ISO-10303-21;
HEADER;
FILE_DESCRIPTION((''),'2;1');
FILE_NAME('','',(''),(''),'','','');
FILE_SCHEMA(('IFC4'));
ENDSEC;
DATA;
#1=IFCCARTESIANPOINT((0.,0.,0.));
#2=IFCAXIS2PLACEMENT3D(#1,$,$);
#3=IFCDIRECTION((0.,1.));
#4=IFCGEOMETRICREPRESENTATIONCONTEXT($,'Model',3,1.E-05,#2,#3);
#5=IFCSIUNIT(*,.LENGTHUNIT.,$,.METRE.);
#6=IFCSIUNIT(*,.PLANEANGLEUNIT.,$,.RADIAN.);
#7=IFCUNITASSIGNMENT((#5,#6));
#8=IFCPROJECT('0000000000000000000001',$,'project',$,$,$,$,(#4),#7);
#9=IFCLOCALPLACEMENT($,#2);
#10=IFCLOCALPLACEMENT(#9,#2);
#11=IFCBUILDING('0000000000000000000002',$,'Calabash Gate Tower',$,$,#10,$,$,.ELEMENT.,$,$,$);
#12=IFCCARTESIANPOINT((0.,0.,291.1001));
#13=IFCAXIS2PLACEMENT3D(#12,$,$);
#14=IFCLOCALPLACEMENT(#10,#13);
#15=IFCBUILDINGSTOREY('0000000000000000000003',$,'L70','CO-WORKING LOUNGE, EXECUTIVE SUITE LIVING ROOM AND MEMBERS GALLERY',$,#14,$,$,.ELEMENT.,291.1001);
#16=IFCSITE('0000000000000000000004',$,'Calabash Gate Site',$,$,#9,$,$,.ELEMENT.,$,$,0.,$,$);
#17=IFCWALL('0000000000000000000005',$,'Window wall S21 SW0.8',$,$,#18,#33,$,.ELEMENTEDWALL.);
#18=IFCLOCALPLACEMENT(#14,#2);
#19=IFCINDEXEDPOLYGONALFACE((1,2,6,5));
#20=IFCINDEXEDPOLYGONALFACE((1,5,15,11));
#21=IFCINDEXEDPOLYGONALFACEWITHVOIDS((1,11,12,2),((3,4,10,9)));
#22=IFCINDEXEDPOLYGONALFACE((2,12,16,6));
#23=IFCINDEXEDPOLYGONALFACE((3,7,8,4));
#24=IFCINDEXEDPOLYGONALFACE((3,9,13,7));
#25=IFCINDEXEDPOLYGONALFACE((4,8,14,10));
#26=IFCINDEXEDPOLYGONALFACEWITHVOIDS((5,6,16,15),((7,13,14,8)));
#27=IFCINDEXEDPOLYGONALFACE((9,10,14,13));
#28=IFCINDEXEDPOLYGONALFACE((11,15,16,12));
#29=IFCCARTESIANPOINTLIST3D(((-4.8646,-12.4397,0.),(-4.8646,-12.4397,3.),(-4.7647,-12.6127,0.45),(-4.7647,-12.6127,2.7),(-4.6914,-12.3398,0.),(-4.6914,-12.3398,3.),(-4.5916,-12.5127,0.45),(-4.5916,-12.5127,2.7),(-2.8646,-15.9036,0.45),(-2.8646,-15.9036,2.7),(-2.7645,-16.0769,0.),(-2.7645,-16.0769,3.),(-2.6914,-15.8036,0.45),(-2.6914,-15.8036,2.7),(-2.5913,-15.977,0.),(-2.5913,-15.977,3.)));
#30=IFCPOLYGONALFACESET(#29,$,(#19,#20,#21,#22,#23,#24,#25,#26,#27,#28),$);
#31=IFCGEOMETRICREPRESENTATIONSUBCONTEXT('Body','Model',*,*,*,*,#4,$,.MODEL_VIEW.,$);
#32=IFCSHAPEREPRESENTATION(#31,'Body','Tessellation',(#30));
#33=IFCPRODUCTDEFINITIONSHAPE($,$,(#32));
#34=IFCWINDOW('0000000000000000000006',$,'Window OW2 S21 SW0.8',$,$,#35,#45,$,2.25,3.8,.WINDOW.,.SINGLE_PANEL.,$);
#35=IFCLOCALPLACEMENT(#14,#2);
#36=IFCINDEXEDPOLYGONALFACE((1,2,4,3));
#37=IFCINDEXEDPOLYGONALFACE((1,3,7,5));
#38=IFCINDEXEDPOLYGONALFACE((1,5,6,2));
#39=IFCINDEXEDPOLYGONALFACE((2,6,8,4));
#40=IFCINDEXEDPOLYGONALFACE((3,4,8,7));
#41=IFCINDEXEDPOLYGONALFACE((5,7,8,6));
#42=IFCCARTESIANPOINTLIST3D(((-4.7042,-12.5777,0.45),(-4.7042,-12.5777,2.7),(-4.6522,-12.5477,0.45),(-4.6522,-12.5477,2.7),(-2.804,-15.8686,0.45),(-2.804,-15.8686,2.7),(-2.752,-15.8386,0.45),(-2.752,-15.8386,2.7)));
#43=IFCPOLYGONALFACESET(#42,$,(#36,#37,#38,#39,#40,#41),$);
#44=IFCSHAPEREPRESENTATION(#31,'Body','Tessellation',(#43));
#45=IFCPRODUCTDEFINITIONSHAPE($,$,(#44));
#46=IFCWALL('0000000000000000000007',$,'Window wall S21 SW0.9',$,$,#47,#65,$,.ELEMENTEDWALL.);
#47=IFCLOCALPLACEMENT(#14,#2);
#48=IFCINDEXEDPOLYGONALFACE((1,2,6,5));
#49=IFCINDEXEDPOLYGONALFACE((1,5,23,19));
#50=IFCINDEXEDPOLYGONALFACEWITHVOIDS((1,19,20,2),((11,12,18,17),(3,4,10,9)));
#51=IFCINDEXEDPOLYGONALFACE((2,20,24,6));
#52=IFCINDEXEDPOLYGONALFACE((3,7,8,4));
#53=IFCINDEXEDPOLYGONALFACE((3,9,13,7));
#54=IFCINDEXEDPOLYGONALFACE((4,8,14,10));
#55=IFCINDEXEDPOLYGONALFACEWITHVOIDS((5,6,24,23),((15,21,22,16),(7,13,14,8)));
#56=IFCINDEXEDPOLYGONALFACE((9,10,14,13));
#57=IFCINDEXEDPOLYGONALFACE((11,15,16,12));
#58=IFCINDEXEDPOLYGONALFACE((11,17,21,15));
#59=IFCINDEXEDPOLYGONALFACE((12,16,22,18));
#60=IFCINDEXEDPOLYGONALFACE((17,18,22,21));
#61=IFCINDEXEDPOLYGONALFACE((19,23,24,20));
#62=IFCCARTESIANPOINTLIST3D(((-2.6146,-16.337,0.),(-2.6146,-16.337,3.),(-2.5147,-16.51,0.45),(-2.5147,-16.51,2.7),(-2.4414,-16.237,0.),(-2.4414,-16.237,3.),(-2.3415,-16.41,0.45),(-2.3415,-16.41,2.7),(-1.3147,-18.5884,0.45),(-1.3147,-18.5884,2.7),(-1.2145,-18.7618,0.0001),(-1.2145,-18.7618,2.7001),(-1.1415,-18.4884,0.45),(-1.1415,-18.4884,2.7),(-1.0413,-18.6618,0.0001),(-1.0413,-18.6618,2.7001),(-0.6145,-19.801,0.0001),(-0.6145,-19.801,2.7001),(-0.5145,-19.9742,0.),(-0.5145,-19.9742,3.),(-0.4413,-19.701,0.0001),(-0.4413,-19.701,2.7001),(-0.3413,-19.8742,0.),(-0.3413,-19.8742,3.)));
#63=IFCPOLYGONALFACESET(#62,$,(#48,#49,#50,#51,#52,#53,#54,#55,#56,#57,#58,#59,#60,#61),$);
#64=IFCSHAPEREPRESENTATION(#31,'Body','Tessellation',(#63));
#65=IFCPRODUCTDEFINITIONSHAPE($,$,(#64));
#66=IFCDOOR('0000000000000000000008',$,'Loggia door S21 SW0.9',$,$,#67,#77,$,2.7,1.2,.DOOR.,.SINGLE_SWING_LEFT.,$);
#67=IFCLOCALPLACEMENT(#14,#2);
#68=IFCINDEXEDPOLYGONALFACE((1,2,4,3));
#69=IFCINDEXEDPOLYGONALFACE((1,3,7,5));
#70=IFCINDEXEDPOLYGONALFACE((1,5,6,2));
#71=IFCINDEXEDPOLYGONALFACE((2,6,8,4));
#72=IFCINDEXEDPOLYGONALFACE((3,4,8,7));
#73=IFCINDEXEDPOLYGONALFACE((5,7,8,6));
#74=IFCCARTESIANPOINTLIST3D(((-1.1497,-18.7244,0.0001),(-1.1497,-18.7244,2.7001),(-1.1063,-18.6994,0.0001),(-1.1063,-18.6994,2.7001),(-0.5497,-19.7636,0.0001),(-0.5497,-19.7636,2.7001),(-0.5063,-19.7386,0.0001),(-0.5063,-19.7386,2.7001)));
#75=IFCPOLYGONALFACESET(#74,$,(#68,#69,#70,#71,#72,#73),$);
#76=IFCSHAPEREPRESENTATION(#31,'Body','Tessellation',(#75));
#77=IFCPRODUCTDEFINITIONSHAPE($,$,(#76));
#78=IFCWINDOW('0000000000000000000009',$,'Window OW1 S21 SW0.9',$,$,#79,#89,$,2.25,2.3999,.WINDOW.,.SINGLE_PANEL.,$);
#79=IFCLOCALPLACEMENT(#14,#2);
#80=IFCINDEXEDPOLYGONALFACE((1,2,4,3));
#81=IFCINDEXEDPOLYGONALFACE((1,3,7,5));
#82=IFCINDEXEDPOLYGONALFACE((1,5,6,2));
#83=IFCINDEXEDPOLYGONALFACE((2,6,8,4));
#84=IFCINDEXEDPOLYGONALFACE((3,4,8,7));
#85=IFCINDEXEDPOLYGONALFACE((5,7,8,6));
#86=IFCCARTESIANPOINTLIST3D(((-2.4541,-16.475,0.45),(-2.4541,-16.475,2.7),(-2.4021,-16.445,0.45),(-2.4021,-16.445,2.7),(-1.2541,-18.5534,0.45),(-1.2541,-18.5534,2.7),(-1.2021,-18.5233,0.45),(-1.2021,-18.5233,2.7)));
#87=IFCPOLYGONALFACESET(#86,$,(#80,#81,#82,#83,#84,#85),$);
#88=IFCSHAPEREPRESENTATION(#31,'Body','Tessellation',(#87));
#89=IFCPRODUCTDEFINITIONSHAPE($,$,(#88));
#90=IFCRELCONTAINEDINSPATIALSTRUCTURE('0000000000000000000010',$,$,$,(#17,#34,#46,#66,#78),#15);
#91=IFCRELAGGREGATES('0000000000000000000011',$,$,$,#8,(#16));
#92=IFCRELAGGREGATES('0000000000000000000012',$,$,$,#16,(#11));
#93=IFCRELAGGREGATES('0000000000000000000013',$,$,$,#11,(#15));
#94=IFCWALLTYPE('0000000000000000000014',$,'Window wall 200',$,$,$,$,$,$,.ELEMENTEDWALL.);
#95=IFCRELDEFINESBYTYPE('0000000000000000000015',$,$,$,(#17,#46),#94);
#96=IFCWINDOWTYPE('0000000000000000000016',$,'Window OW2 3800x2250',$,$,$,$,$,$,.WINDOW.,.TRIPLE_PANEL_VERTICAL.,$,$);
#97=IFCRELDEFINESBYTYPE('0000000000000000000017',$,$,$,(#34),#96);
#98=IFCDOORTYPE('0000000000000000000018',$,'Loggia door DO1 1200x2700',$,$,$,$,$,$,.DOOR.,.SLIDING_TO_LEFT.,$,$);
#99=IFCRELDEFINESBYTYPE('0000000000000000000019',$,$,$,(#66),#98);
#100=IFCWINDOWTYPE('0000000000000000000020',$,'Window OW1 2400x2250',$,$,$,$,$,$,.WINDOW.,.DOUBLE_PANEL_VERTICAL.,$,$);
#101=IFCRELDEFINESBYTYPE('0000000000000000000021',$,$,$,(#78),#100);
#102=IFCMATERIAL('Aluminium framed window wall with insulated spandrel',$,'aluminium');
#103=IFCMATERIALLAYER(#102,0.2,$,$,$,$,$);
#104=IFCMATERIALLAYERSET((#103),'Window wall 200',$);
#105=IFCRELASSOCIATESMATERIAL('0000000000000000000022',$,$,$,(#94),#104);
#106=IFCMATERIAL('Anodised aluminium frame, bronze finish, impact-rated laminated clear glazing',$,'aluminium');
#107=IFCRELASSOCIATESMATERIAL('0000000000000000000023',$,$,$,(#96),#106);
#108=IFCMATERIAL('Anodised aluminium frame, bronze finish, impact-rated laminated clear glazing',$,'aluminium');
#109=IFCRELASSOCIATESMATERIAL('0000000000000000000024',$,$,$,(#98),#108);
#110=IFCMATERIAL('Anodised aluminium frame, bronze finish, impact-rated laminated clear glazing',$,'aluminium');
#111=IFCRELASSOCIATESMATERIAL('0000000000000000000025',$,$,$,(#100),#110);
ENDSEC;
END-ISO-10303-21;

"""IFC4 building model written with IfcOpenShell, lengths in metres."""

from ifc_helpers import new_model, si_unit, direction, frame, frame_2d, origin, place, context, subcontext, project, spatial, rectangle, extrude, material, layer, layer_set, type_object, element, fill, save


model = new_model("IFC4")

# Units and contexts
model_context = context("Model", 3, precision=1e-05, world=origin(), true_north=direction((0.0, 1.0)))
body_context = subcontext(model_context, "Body", "Model", "MODEL_VIEW")
ifc_project = project(units=[si_unit("LENGTHUNIT", "METRE"), si_unit("PLANEANGLEUNIT", "RADIAN")], contexts=[model_context])

# Site, building, storey
site_placement = place(None, origin())
site = spatial("IfcSite", under=ifc_project, at=site_placement, Name="Calabash Gate Site", CompositionType="ELEMENT", RefElevation=0.0)
building_placement = place(site_placement, origin())
building = spatial("IfcBuilding", under=site, at=building_placement, Name="Calabash Gate Tower", CompositionType="ELEMENT")
storey_placement = place(building_placement, frame((0.0, 0.0, 291.1001)))
storey = spatial("IfcBuildingStorey", under=building, at=storey_placement, Name="L70", Description="CO-WORKING LOUNGE, EXECUTIVE SUITE LIVING ROOM AND MEMBERS GALLERY", CompositionType="ELEMENT", Elevation=291.1001)

# Wall, opening, window
ifc_material_1 = material(Name="Aluminium framed window wall with insulated spandrel", Category="aluminium")
ifc_layer_1 = layer(ifc_material_1, 0.2)
ifc_layer_set_1 = layer_set([ifc_layer_1], Name="Window wall 200")
wall_type_1 = type_object("IfcWallType", Name="Window wall 200", PredefinedType="ELEMENTEDWALL", material=ifc_layer_set_1)
wall_1_placement = place(storey_placement, frame((-4.7781, -12.3896, 0.0), z_axis=(0.0, 0.0, 1.0), x_axis=(0.500028, -0.866009, 0.0)))
wall_1 = element("IfcWall", 1, at=wall_1_placement, inside=storey, type_object=wall_type_1, Name="Window wall S21 SW0.8", PredefinedType="ELEMENTEDWALL", context=body_context, shape_type="SweptSolid", body=[
    extrude(rectangle(XDim=4.2, YDim=0.2, at=frame_2d((2.1001, 0.0))), origin(), (0.0, 0.0, 1.0), 3.0),
])
opening_1_placement = place(wall_1_placement, frame((0.2, 0.0, 0.45)))
opening_1 = element("IfcOpeningElement", 2, at=opening_1_placement, cuts=wall_1, PredefinedType="OPENING", context=body_context, shape_type="SweptSolid", body=[
    extrude(rectangle(XDim=3.8, YDim=2.25, at=frame_2d((1.8999, 1.125))), frame((0.0, 0.1099, 0.0), z_axis=(0.0, -1.0, 0.0), x_axis=(1.0, 0.0, 0.0)), (0.0, 0.0, 1.0), 0.22),
])
ifc_material_2 = material(Name="Anodised aluminium frame, bronze finish, impact-rated laminated clear glazing", Category="aluminium")
window_type_1 = type_object("IfcWindowType", Name="Window OW2 3800x2250", PartitioningType="TRIPLE_PANEL_VERTICAL", PredefinedType="WINDOW", material=ifc_material_2)
window_1_placement = place(opening_1_placement, origin())
window_1 = element("IfcWindow", 3, at=window_1_placement, inside=storey, type_object=window_type_1, Name="Window OW2 S21 SW0.8", OverallHeight=2.25, OverallWidth=3.8, PartitioningType="SINGLE_PANEL", PredefinedType="WINDOW", context=body_context, shape_type="SweptSolid", body=[
    extrude(rectangle(XDim=3.8, YDim=2.25, at=frame_2d((1.8999, 1.125))), frame((0.0, 0.03, 0.0), z_axis=(0.0, -1.0, 0.0), x_axis=(1.0, 0.0, 0.0)), (0.0, 0.0, 1.0), 0.0601),
])
fill(opening_1, window_1)

# Wall, openings, door, window
wall_2_placement = place(storey_placement, frame((-2.5281, -16.2869, 0.0), z_axis=(0.0, 0.0, 1.0), x_axis=(0.500028, -0.866009, 0.0)))
wall_2 = element("IfcWall", 4, at=wall_2_placement, inside=storey, type_object=wall_type_1, Name="Window wall S21 SW0.9", PredefinedType="ELEMENTEDWALL", context=body_context, shape_type="SweptSolid", body=[
    extrude(rectangle(XDim=4.2, YDim=0.2, at=frame_2d((2.1001, 0.0))), origin(), (0.0, 0.0, 1.0), 3.0),
])
opening_2_placement = place(wall_2_placement, frame((0.2, 0.0, 0.45)))
opening_2 = element("IfcOpeningElement", 5, at=opening_2_placement, cuts=wall_2, PredefinedType="OPENING", context=body_context, shape_type="SweptSolid", body=[
    extrude(rectangle(XDim=2.3999, YDim=2.25, at=frame_2d((1.2, 1.125))), frame((0.0, 0.1099, 0.0), z_axis=(0.0, -1.0, 0.0), x_axis=(1.0, 0.0, 0.0)), (0.0, 0.0, 1.0), 0.22),
])
opening_3_placement = place(wall_2_placement, frame((2.8, 0.0, 0.0)))
opening_3 = element("IfcOpeningElement", 6, at=opening_3_placement, cuts=wall_2, PredefinedType="OPENING", context=body_context, shape_type="SweptSolid", body=[
    extrude(rectangle(XDim=1.2, YDim=2.7, at=frame_2d((0.6001, 1.3501))), frame((0.0, 0.1099, 0.0), z_axis=(0.0, -1.0, 0.0), x_axis=(1.0, 0.0, 0.0)), (0.0, 0.0, 1.0), 0.22),
])
ifc_material_3 = material(Name="Anodised aluminium frame, bronze finish, impact-rated laminated clear glazing", Category="aluminium")
door_type = type_object("IfcDoorType", Name="Loggia door DO1 1200x2700", OperationType="SLIDING_TO_LEFT", PredefinedType="DOOR", material=ifc_material_3)
door_placement = place(opening_3_placement, origin())
door = element("IfcDoor", 7, at=door_placement, inside=storey, type_object=door_type, Name="Loggia door S21 SW0.9", OperationType="SINGLE_SWING_LEFT", OverallHeight=2.7, OverallWidth=1.2, PredefinedType="DOOR", context=body_context, shape_type="SweptSolid", body=[
    extrude(rectangle(XDim=1.2, YDim=2.7, at=frame_2d((0.6001, 1.3501))), frame((0.0, 0.0249, 0.0), z_axis=(0.0, -1.0, 0.0), x_axis=(1.0, 0.0, 0.0)), (0.0, 0.0, 1.0), 0.05),
])
fill(opening_3, door)
ifc_material_4 = material(Name="Anodised aluminium frame, bronze finish, impact-rated laminated clear glazing", Category="aluminium")
window_type_2 = type_object("IfcWindowType", Name="Window OW1 2400x2250", PartitioningType="DOUBLE_PANEL_VERTICAL", PredefinedType="WINDOW", material=ifc_material_4)
window_2_placement = place(opening_2_placement, origin())
window_2 = element("IfcWindow", 8, at=window_2_placement, inside=storey, type_object=window_type_2, Name="Window OW1 S21 SW0.9", OverallHeight=2.25, OverallWidth=2.3999, PartitioningType="SINGLE_PANEL", PredefinedType="WINDOW", context=body_context, shape_type="SweptSolid", body=[
    extrude(rectangle(XDim=2.3999, YDim=2.25, at=frame_2d((1.2, 1.125))), frame((0.0, 0.03, 0.0), z_axis=(0.0, -1.0, 0.0), x_axis=(1.0, 0.0, 0.0)), (0.0, 0.0, 1.0), 0.0601),
])
fill(opening_2, window_2)

save(model, "model.ifc")
